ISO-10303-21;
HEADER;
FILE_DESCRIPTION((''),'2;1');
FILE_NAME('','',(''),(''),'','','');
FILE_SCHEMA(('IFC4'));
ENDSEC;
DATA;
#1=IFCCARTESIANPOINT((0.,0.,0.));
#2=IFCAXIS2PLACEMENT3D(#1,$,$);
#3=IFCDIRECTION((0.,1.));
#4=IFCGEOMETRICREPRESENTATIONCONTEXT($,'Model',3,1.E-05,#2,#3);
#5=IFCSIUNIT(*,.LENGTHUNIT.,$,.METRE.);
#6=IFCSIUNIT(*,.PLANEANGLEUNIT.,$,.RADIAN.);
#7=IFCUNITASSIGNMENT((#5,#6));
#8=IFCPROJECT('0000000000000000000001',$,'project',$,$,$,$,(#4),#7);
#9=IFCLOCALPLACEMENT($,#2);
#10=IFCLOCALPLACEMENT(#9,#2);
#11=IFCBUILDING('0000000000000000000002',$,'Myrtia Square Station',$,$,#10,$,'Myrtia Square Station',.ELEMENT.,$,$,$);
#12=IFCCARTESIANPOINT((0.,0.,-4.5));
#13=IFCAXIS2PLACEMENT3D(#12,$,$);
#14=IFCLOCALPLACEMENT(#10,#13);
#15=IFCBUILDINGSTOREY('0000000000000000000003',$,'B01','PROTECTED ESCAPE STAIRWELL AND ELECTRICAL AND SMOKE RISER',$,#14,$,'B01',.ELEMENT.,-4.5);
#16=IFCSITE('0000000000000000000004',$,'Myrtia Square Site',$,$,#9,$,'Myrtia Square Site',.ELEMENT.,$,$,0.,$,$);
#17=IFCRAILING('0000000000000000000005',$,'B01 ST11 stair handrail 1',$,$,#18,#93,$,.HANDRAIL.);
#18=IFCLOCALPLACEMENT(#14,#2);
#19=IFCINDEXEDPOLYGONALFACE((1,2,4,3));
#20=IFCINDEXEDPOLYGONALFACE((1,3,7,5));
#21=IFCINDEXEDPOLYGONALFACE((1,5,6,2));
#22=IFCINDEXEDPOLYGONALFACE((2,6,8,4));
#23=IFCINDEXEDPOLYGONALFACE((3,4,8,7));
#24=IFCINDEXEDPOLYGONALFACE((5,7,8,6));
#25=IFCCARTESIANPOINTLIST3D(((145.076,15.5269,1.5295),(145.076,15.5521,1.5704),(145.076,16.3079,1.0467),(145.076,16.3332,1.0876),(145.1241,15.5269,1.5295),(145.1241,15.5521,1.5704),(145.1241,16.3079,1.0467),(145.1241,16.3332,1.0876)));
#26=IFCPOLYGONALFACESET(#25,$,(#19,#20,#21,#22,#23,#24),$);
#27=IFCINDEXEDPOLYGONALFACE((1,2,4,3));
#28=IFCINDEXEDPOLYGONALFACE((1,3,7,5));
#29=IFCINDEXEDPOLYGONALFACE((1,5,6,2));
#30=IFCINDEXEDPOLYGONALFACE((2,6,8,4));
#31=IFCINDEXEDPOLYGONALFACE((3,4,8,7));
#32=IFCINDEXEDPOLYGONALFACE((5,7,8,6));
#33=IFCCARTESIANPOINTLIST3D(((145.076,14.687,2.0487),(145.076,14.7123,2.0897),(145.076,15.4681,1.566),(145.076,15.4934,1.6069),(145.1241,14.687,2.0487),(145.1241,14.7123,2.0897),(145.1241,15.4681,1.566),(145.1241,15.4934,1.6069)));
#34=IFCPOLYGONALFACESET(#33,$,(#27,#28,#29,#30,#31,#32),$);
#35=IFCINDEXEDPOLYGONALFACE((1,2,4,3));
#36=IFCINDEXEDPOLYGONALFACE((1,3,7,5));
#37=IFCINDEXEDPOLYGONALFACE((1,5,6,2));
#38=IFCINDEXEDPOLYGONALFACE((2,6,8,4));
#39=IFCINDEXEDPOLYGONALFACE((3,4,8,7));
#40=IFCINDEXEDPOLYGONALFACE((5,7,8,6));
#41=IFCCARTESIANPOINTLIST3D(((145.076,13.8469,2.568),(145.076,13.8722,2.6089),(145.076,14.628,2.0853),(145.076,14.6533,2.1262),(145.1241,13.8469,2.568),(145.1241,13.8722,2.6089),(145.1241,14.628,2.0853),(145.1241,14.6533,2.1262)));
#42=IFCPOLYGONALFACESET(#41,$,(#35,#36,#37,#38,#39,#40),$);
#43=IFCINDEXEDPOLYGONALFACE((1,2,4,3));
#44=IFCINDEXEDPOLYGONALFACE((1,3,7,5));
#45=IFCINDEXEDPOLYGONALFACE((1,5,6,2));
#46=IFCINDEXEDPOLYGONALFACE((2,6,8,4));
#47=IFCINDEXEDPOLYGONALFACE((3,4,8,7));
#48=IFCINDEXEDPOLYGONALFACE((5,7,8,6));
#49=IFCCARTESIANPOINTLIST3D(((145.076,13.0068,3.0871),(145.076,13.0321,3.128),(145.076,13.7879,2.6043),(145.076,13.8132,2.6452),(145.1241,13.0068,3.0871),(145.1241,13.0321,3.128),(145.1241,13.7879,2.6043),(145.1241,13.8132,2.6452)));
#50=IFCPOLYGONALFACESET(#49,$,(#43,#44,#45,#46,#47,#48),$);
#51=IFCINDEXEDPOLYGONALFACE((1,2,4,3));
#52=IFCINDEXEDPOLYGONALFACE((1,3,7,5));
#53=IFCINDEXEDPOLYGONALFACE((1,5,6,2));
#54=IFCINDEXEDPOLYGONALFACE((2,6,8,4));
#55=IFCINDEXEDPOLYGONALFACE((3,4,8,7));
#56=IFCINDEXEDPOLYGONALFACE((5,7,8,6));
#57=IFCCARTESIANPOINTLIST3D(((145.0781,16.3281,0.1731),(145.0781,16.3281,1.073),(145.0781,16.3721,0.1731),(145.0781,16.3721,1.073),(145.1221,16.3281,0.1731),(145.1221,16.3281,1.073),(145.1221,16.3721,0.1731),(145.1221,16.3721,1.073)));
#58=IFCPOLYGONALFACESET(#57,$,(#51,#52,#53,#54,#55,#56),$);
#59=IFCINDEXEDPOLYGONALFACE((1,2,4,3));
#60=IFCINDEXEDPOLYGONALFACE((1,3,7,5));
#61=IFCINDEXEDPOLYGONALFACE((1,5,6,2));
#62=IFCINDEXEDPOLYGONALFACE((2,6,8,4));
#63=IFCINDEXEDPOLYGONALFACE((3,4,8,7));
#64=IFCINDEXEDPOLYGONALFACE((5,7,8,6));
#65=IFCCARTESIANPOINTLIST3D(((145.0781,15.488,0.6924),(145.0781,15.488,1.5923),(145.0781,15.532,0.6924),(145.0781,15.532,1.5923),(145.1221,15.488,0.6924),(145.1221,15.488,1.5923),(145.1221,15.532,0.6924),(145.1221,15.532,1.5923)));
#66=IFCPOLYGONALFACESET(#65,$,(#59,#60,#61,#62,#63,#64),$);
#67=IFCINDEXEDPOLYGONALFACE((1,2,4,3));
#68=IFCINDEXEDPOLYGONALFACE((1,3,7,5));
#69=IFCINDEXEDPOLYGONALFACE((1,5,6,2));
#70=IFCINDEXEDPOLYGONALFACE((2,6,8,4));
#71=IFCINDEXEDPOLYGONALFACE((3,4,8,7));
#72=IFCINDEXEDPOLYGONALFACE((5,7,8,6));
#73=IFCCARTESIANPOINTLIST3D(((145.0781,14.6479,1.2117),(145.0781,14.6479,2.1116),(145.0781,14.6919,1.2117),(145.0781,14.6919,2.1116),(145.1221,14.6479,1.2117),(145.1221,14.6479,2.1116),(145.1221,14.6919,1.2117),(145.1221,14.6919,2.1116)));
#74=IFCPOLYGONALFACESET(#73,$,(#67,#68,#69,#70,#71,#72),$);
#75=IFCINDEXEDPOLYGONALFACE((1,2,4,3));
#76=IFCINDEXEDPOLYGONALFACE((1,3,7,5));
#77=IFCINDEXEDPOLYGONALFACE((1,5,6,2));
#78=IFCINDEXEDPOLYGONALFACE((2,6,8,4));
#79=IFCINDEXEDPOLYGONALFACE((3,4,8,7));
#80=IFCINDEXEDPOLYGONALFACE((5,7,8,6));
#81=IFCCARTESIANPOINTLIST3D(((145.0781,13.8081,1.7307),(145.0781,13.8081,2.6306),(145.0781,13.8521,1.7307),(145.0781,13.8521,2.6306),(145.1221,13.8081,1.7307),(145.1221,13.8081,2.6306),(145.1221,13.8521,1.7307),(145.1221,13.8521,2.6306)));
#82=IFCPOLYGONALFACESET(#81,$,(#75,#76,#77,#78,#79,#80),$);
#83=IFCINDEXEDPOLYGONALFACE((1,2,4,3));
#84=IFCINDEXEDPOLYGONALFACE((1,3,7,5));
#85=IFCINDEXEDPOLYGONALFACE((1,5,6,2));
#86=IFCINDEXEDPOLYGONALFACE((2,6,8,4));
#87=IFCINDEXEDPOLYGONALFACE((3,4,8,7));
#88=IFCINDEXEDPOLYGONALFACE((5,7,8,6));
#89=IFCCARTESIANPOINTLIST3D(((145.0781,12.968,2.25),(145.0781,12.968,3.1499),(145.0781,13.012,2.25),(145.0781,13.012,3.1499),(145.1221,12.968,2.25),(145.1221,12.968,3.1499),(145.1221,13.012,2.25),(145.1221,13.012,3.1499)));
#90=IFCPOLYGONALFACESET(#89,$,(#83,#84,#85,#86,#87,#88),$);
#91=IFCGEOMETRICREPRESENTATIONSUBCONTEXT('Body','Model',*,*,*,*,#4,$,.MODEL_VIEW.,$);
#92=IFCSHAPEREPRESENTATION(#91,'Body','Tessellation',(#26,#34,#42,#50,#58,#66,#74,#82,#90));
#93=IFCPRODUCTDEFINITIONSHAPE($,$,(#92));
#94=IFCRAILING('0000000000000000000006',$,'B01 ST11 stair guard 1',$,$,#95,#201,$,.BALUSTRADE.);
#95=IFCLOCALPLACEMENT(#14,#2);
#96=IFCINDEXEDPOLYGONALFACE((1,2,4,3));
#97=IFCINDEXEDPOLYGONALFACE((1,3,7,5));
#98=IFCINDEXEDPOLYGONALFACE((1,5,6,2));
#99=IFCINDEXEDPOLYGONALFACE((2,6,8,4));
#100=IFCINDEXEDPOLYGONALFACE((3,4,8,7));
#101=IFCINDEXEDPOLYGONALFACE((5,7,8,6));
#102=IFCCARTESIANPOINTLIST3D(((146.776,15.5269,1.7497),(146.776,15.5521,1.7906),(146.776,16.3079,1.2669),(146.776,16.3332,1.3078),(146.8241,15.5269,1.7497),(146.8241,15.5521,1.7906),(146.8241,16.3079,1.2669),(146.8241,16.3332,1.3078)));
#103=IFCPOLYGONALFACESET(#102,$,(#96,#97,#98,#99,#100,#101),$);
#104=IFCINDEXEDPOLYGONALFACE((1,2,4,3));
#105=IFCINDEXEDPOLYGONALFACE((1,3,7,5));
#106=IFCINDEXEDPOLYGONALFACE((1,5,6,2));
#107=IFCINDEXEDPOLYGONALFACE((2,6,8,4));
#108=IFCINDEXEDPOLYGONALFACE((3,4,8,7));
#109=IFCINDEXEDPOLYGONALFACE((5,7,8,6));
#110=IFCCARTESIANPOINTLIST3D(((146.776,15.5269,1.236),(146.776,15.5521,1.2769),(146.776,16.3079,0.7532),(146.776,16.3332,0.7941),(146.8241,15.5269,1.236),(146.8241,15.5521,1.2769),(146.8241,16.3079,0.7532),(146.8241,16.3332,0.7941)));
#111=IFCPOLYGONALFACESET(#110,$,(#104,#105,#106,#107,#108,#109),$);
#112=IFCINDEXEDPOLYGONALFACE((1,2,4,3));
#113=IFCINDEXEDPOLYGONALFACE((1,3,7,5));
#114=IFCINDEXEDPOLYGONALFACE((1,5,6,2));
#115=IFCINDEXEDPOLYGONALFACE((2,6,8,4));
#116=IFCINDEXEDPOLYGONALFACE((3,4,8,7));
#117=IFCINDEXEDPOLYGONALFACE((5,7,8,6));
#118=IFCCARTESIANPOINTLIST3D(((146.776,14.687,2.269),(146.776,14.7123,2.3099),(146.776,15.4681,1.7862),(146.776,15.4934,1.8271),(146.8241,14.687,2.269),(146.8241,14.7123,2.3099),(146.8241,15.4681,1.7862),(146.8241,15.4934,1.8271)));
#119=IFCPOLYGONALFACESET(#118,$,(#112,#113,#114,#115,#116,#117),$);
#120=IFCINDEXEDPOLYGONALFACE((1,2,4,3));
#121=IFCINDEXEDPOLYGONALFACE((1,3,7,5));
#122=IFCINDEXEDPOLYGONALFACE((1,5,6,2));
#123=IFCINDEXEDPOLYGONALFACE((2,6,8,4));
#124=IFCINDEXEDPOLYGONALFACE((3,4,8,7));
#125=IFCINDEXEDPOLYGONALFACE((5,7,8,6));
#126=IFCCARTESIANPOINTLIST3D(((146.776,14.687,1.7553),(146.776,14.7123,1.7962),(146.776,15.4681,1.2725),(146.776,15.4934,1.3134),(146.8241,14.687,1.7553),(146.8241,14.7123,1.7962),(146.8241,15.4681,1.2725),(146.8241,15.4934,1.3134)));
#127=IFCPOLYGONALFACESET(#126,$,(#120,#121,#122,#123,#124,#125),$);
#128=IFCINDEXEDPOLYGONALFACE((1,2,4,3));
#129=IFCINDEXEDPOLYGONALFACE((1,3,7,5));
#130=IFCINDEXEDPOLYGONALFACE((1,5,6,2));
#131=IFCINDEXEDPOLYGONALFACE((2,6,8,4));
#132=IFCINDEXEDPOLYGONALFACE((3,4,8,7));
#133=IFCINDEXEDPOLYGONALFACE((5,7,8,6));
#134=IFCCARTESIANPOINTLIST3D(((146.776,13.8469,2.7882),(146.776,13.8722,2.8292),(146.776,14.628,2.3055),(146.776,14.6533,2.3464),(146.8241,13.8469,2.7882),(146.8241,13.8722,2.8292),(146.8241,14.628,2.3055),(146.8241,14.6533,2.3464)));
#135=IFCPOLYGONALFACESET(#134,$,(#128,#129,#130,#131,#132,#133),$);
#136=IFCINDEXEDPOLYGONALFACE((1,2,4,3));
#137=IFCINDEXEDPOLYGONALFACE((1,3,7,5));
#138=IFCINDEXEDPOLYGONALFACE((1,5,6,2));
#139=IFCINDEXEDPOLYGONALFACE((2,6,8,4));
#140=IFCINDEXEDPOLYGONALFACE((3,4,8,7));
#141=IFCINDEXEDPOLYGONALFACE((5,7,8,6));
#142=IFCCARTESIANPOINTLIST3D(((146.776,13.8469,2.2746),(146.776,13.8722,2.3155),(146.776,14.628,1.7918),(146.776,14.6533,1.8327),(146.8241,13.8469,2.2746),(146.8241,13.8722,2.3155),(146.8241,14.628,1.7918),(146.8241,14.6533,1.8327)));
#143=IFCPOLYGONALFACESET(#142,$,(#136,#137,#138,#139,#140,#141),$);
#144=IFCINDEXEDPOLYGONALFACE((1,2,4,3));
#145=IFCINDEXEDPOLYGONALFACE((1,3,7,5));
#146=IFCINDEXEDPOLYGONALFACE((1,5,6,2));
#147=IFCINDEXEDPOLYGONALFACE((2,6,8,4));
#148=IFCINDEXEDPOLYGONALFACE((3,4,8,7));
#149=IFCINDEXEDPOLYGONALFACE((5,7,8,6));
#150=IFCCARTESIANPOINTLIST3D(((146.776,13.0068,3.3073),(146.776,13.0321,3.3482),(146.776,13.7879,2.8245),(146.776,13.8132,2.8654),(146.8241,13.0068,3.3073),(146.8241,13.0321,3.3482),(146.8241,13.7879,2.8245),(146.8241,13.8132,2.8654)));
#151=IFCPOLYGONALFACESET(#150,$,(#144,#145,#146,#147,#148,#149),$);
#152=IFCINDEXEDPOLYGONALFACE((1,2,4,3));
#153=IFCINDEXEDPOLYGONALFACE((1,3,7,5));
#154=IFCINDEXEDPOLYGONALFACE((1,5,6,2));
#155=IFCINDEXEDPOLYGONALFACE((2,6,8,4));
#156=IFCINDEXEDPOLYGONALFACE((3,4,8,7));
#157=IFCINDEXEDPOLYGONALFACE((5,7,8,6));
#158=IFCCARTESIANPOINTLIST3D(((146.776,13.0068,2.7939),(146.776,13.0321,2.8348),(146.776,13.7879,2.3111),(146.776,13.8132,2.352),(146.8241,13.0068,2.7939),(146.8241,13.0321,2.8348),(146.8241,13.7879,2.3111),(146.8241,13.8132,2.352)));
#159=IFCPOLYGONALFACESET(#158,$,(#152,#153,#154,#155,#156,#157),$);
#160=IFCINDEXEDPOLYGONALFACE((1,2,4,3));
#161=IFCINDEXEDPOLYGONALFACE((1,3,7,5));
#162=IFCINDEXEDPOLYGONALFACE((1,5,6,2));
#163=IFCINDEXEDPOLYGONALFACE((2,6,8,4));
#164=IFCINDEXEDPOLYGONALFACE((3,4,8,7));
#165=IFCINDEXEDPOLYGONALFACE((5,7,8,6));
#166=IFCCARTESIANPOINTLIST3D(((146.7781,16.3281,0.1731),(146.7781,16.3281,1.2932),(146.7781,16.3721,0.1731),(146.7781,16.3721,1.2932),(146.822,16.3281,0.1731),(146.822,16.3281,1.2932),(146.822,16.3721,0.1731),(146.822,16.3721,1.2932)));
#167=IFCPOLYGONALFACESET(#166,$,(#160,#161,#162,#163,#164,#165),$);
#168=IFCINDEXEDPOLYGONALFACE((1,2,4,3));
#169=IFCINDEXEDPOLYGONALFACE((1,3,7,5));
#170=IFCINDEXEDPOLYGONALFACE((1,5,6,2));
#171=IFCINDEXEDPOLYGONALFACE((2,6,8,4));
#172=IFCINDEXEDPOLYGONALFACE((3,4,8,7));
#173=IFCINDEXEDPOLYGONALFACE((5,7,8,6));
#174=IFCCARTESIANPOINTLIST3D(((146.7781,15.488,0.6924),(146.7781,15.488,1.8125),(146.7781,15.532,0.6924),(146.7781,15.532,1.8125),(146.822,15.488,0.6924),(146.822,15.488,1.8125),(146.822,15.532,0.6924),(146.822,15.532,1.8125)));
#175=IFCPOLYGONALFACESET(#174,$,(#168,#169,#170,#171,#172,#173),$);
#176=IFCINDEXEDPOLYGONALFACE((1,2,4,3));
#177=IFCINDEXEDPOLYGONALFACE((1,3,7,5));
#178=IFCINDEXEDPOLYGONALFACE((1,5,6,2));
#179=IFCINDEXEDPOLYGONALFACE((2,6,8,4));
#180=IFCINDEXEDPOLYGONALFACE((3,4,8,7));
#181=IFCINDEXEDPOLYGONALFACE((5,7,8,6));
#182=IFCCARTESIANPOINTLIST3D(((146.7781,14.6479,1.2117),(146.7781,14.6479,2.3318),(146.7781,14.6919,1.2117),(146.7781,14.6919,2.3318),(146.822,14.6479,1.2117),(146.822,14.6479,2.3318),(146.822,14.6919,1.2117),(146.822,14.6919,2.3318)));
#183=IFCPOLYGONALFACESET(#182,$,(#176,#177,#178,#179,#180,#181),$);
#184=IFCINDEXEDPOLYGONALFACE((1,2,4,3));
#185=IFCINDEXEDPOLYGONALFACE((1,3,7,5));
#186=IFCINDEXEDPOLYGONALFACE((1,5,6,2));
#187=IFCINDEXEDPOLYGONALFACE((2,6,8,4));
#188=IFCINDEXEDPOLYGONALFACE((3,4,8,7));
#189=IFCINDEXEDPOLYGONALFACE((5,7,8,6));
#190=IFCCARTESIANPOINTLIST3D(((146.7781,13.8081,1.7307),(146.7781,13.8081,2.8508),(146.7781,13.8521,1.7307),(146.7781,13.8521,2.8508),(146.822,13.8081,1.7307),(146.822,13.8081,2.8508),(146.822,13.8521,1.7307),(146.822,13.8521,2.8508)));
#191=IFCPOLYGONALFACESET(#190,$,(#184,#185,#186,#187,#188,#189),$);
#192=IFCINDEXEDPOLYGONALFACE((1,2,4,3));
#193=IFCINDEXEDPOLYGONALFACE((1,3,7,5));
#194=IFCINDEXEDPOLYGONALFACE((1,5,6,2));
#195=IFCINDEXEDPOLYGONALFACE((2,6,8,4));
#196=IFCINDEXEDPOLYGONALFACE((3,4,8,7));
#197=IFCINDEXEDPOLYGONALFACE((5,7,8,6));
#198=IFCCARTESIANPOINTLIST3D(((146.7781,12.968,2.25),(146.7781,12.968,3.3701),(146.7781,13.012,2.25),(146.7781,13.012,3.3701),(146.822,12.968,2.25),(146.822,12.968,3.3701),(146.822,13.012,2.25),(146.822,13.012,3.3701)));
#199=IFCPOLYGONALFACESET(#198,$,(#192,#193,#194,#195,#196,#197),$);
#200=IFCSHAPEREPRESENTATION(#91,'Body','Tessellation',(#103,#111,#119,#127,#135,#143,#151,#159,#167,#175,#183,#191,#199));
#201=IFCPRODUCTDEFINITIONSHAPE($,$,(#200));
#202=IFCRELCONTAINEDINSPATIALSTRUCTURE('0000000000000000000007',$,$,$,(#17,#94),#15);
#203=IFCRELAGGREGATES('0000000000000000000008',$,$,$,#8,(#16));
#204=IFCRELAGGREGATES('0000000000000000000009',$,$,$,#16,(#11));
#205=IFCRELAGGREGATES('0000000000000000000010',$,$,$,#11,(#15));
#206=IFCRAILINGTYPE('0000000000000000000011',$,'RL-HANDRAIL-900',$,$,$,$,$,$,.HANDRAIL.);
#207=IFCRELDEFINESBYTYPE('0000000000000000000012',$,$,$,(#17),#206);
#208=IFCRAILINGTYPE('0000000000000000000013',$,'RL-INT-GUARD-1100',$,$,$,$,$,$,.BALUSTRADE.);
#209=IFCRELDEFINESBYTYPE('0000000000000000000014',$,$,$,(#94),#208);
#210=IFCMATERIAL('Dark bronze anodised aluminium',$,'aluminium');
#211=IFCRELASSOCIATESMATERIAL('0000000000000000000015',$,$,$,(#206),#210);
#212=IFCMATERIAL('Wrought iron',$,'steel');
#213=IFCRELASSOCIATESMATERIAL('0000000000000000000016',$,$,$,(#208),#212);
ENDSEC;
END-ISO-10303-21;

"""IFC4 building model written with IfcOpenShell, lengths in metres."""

from ifc_helpers import new_model, si_unit, direction, frame, origin, origin_2d, place, context, subcontext, project, spatial, rectangle, extrude, material, type_object, element, save


model = new_model("IFC4")

# Units and contexts
model_context = context("Model", 3, precision=1e-05, world=origin(), true_north=direction((0.0, 1.0)))
body_context = subcontext(model_context, "Body", "Model", "MODEL_VIEW")
ifc_project = project(units=[si_unit("LENGTHUNIT", "METRE"), si_unit("PLANEANGLEUNIT", "RADIAN")], contexts=[model_context])

# Site, building, storey
site_placement = place(None, origin())
site = spatial("IfcSite", under=ifc_project, at=site_placement, Name="Myrtia Square Site", LongName="Myrtia Square Site", CompositionType="ELEMENT", RefElevation=0.0)
building_placement = place(site_placement, origin())
building = spatial("IfcBuilding", under=site, at=building_placement, Name="Myrtia Square Station", LongName="Myrtia Square Station", CompositionType="ELEMENT")
storey_placement = place(building_placement, frame((0.0, 0.0, -4.5)))
storey = spatial("IfcBuildingStorey", under=building, at=storey_placement, Name="B01", Description="PROTECTED ESCAPE STAIRWELL AND ELECTRICAL AND SMOKE RISER", LongName="B01", CompositionType="ELEMENT", Elevation=-4.5)

# Shared definitions
ifc_material_1 = material(Name="Dark bronze anodised aluminium", Category="aluminium")

# Railings
railing_type_1 = type_object("IfcRailingType", Name="RL-HANDRAIL-900", PredefinedType="HANDRAIL", material=ifc_material_1)
railing_1_placement = place(storey_placement, frame((145.1001, 16.3501, 0.1731)))
element("IfcRailing", 1, at=railing_1_placement, inside=storey, type_object=railing_type_1, Name="B01 ST11 stair handrail 1", PredefinedType="HANDRAIL", context=body_context, shape_type="SweptSolid", body=[
    extrude(rectangle(XDim=0.0481, YDim=0.0481, at=origin_2d()), frame((0.0, -0.0295, 0.894), z_axis=(0.0, -0.850623, 0.525776), x_axis=(1.0, 0.0, 0.0)), (0.0, 0.0, 1.0), 0.9182),
    extrude(rectangle(XDim=0.0481, YDim=0.0481, at=origin_2d()), frame((0.0, -0.8694, 1.4133), z_axis=(0.0, -0.850623, 0.525776), x_axis=(1.0, 0.0, 0.0)), (0.0, 0.0, 1.0), 0.9182),
    extrude(rectangle(XDim=0.0481, YDim=0.0481, at=origin_2d()), frame((0.0, -1.7095, 1.9326), z_axis=(0.0, -0.850623, 0.525776), x_axis=(1.0, 0.0, 0.0)), (0.0, 0.0, 1.0), 0.9182),
    extrude(rectangle(XDim=0.0481, YDim=0.0481, at=origin_2d()), frame((0.0, -2.5496, 2.4517), z_axis=(0.0, -0.850623, 0.525776), x_axis=(1.0, 0.0, 0.0)), (0.0, 0.0, 1.0), 0.9182),
    extrude(rectangle(XDim=0.0439, YDim=0.0439, at=origin_2d()), origin(), (0.0, 0.0, 1.0), 0.8999),
    extrude(rectangle(XDim=0.0439, YDim=0.0439, at=origin_2d()), frame((0.0, -0.8401, 0.5193)), (0.0, 0.0, 1.0), 0.8999),
    extrude(rectangle(XDim=0.0439, YDim=0.0439, at=origin_2d()), frame((0.0, -1.6802, 1.0386)), (0.0, 0.0, 1.0), 0.8999),
    extrude(rectangle(XDim=0.0439, YDim=0.0439, at=origin_2d()), frame((0.0, -2.52, 1.5576)), (0.0, 0.0, 1.0), 0.8999),
    extrude(rectangle(XDim=0.0439, YDim=0.0439, at=origin_2d()), frame((0.0, -3.3601, 2.0769)), (0.0, 0.0, 1.0), 0.8999),
])
ifc_material_2 = material(Name="Wrought iron", Category="steel")
railing_type_2 = type_object("IfcRailingType", Name="RL-INT-GUARD-1100", PredefinedType="BALUSTRADE", material=ifc_material_2)
railing_2_placement = place(storey_placement, frame((146.8, 16.3501, 0.1731)))
element("IfcRailing", 2, at=railing_2_placement, inside=storey, type_object=railing_type_2, Name="B01 ST11 stair guard 1", PredefinedType="BALUSTRADE", context=body_context, shape_type="SweptSolid", body=[
    extrude(rectangle(XDim=0.0481, YDim=0.0481, at=origin_2d()), frame((0.0, -0.0295, 1.1143), z_axis=(0.0, -0.850623, 0.525776), x_axis=(1.0, 0.0, 0.0)), (0.0, 0.0, 1.0), 0.9182),
    extrude(rectangle(XDim=0.0481, YDim=0.0481, at=origin_2d()), frame((0.0, -0.0295, 0.6006), z_axis=(0.0, -0.850623, 0.525776), x_axis=(1.0, 0.0, 0.0)), (0.0, 0.0, 1.0), 0.9182),
    extrude(rectangle(XDim=0.0481, YDim=0.0481, at=origin_2d()), frame((0.0, -0.8694, 1.6335), z_axis=(0.0, -0.850623, 0.525776), x_axis=(1.0, 0.0, 0.0)), (0.0, 0.0, 1.0), 0.9182),
    extrude(rectangle(XDim=0.0481, YDim=0.0481, at=origin_2d()), frame((0.0, -0.8694, 1.1199), z_axis=(0.0, -0.850623, 0.525776), x_axis=(1.0, 0.0, 0.0)), (0.0, 0.0, 1.0), 0.9182),
    extrude(rectangle(XDim=0.0481, YDim=0.0481, at=origin_2d()), frame((0.0, -1.7095, 2.1528), z_axis=(0.0, -0.850623, 0.525776), x_axis=(1.0, 0.0, 0.0)), (0.0, 0.0, 1.0), 0.9182),
    extrude(rectangle(XDim=0.0481, YDim=0.0481, at=origin_2d()), frame((0.0, -1.7095, 1.6392), z_axis=(0.0, -0.850623, 0.525776), x_axis=(1.0, 0.0, 0.0)), (0.0, 0.0, 1.0), 0.9182),
    extrude(rectangle(XDim=0.0481, YDim=0.0481, at=origin_2d()), frame((0.0, -2.5496, 2.6719), z_axis=(0.0, -0.850623, 0.525776), x_axis=(1.0, 0.0, 0.0)), (0.0, 0.0, 1.0), 0.9182),
    extrude(rectangle(XDim=0.0481, YDim=0.0481, at=origin_2d()), frame((0.0, -2.5496, 2.1584), z_axis=(0.0, -0.850623, 0.525776), x_axis=(1.0, 0.0, 0.0)), (0.0, 0.0, 1.0), 0.9182),
    extrude(rectangle(XDim=0.0439, YDim=0.0439, at=origin_2d()), origin(), (0.0, 0.0, 1.0), 1.1201),
    extrude(rectangle(XDim=0.0439, YDim=0.0439, at=origin_2d()), frame((0.0, -0.8401, 0.5193)), (0.0, 0.0, 1.0), 1.1201),
    extrude(rectangle(XDim=0.0439, YDim=0.0439, at=origin_2d()), frame((0.0, -1.6802, 1.0386)), (0.0, 0.0, 1.0), 1.1201),
    extrude(rectangle(XDim=0.0439, YDim=0.0439, at=origin_2d()), frame((0.0, -2.52, 1.5576)), (0.0, 0.0, 1.0), 1.1201),
    extrude(rectangle(XDim=0.0439, YDim=0.0439, at=origin_2d()), frame((0.0, -3.3601, 2.0769)), (0.0, 0.0, 1.0), 1.1201),
])

save(model, "model.ifc")
